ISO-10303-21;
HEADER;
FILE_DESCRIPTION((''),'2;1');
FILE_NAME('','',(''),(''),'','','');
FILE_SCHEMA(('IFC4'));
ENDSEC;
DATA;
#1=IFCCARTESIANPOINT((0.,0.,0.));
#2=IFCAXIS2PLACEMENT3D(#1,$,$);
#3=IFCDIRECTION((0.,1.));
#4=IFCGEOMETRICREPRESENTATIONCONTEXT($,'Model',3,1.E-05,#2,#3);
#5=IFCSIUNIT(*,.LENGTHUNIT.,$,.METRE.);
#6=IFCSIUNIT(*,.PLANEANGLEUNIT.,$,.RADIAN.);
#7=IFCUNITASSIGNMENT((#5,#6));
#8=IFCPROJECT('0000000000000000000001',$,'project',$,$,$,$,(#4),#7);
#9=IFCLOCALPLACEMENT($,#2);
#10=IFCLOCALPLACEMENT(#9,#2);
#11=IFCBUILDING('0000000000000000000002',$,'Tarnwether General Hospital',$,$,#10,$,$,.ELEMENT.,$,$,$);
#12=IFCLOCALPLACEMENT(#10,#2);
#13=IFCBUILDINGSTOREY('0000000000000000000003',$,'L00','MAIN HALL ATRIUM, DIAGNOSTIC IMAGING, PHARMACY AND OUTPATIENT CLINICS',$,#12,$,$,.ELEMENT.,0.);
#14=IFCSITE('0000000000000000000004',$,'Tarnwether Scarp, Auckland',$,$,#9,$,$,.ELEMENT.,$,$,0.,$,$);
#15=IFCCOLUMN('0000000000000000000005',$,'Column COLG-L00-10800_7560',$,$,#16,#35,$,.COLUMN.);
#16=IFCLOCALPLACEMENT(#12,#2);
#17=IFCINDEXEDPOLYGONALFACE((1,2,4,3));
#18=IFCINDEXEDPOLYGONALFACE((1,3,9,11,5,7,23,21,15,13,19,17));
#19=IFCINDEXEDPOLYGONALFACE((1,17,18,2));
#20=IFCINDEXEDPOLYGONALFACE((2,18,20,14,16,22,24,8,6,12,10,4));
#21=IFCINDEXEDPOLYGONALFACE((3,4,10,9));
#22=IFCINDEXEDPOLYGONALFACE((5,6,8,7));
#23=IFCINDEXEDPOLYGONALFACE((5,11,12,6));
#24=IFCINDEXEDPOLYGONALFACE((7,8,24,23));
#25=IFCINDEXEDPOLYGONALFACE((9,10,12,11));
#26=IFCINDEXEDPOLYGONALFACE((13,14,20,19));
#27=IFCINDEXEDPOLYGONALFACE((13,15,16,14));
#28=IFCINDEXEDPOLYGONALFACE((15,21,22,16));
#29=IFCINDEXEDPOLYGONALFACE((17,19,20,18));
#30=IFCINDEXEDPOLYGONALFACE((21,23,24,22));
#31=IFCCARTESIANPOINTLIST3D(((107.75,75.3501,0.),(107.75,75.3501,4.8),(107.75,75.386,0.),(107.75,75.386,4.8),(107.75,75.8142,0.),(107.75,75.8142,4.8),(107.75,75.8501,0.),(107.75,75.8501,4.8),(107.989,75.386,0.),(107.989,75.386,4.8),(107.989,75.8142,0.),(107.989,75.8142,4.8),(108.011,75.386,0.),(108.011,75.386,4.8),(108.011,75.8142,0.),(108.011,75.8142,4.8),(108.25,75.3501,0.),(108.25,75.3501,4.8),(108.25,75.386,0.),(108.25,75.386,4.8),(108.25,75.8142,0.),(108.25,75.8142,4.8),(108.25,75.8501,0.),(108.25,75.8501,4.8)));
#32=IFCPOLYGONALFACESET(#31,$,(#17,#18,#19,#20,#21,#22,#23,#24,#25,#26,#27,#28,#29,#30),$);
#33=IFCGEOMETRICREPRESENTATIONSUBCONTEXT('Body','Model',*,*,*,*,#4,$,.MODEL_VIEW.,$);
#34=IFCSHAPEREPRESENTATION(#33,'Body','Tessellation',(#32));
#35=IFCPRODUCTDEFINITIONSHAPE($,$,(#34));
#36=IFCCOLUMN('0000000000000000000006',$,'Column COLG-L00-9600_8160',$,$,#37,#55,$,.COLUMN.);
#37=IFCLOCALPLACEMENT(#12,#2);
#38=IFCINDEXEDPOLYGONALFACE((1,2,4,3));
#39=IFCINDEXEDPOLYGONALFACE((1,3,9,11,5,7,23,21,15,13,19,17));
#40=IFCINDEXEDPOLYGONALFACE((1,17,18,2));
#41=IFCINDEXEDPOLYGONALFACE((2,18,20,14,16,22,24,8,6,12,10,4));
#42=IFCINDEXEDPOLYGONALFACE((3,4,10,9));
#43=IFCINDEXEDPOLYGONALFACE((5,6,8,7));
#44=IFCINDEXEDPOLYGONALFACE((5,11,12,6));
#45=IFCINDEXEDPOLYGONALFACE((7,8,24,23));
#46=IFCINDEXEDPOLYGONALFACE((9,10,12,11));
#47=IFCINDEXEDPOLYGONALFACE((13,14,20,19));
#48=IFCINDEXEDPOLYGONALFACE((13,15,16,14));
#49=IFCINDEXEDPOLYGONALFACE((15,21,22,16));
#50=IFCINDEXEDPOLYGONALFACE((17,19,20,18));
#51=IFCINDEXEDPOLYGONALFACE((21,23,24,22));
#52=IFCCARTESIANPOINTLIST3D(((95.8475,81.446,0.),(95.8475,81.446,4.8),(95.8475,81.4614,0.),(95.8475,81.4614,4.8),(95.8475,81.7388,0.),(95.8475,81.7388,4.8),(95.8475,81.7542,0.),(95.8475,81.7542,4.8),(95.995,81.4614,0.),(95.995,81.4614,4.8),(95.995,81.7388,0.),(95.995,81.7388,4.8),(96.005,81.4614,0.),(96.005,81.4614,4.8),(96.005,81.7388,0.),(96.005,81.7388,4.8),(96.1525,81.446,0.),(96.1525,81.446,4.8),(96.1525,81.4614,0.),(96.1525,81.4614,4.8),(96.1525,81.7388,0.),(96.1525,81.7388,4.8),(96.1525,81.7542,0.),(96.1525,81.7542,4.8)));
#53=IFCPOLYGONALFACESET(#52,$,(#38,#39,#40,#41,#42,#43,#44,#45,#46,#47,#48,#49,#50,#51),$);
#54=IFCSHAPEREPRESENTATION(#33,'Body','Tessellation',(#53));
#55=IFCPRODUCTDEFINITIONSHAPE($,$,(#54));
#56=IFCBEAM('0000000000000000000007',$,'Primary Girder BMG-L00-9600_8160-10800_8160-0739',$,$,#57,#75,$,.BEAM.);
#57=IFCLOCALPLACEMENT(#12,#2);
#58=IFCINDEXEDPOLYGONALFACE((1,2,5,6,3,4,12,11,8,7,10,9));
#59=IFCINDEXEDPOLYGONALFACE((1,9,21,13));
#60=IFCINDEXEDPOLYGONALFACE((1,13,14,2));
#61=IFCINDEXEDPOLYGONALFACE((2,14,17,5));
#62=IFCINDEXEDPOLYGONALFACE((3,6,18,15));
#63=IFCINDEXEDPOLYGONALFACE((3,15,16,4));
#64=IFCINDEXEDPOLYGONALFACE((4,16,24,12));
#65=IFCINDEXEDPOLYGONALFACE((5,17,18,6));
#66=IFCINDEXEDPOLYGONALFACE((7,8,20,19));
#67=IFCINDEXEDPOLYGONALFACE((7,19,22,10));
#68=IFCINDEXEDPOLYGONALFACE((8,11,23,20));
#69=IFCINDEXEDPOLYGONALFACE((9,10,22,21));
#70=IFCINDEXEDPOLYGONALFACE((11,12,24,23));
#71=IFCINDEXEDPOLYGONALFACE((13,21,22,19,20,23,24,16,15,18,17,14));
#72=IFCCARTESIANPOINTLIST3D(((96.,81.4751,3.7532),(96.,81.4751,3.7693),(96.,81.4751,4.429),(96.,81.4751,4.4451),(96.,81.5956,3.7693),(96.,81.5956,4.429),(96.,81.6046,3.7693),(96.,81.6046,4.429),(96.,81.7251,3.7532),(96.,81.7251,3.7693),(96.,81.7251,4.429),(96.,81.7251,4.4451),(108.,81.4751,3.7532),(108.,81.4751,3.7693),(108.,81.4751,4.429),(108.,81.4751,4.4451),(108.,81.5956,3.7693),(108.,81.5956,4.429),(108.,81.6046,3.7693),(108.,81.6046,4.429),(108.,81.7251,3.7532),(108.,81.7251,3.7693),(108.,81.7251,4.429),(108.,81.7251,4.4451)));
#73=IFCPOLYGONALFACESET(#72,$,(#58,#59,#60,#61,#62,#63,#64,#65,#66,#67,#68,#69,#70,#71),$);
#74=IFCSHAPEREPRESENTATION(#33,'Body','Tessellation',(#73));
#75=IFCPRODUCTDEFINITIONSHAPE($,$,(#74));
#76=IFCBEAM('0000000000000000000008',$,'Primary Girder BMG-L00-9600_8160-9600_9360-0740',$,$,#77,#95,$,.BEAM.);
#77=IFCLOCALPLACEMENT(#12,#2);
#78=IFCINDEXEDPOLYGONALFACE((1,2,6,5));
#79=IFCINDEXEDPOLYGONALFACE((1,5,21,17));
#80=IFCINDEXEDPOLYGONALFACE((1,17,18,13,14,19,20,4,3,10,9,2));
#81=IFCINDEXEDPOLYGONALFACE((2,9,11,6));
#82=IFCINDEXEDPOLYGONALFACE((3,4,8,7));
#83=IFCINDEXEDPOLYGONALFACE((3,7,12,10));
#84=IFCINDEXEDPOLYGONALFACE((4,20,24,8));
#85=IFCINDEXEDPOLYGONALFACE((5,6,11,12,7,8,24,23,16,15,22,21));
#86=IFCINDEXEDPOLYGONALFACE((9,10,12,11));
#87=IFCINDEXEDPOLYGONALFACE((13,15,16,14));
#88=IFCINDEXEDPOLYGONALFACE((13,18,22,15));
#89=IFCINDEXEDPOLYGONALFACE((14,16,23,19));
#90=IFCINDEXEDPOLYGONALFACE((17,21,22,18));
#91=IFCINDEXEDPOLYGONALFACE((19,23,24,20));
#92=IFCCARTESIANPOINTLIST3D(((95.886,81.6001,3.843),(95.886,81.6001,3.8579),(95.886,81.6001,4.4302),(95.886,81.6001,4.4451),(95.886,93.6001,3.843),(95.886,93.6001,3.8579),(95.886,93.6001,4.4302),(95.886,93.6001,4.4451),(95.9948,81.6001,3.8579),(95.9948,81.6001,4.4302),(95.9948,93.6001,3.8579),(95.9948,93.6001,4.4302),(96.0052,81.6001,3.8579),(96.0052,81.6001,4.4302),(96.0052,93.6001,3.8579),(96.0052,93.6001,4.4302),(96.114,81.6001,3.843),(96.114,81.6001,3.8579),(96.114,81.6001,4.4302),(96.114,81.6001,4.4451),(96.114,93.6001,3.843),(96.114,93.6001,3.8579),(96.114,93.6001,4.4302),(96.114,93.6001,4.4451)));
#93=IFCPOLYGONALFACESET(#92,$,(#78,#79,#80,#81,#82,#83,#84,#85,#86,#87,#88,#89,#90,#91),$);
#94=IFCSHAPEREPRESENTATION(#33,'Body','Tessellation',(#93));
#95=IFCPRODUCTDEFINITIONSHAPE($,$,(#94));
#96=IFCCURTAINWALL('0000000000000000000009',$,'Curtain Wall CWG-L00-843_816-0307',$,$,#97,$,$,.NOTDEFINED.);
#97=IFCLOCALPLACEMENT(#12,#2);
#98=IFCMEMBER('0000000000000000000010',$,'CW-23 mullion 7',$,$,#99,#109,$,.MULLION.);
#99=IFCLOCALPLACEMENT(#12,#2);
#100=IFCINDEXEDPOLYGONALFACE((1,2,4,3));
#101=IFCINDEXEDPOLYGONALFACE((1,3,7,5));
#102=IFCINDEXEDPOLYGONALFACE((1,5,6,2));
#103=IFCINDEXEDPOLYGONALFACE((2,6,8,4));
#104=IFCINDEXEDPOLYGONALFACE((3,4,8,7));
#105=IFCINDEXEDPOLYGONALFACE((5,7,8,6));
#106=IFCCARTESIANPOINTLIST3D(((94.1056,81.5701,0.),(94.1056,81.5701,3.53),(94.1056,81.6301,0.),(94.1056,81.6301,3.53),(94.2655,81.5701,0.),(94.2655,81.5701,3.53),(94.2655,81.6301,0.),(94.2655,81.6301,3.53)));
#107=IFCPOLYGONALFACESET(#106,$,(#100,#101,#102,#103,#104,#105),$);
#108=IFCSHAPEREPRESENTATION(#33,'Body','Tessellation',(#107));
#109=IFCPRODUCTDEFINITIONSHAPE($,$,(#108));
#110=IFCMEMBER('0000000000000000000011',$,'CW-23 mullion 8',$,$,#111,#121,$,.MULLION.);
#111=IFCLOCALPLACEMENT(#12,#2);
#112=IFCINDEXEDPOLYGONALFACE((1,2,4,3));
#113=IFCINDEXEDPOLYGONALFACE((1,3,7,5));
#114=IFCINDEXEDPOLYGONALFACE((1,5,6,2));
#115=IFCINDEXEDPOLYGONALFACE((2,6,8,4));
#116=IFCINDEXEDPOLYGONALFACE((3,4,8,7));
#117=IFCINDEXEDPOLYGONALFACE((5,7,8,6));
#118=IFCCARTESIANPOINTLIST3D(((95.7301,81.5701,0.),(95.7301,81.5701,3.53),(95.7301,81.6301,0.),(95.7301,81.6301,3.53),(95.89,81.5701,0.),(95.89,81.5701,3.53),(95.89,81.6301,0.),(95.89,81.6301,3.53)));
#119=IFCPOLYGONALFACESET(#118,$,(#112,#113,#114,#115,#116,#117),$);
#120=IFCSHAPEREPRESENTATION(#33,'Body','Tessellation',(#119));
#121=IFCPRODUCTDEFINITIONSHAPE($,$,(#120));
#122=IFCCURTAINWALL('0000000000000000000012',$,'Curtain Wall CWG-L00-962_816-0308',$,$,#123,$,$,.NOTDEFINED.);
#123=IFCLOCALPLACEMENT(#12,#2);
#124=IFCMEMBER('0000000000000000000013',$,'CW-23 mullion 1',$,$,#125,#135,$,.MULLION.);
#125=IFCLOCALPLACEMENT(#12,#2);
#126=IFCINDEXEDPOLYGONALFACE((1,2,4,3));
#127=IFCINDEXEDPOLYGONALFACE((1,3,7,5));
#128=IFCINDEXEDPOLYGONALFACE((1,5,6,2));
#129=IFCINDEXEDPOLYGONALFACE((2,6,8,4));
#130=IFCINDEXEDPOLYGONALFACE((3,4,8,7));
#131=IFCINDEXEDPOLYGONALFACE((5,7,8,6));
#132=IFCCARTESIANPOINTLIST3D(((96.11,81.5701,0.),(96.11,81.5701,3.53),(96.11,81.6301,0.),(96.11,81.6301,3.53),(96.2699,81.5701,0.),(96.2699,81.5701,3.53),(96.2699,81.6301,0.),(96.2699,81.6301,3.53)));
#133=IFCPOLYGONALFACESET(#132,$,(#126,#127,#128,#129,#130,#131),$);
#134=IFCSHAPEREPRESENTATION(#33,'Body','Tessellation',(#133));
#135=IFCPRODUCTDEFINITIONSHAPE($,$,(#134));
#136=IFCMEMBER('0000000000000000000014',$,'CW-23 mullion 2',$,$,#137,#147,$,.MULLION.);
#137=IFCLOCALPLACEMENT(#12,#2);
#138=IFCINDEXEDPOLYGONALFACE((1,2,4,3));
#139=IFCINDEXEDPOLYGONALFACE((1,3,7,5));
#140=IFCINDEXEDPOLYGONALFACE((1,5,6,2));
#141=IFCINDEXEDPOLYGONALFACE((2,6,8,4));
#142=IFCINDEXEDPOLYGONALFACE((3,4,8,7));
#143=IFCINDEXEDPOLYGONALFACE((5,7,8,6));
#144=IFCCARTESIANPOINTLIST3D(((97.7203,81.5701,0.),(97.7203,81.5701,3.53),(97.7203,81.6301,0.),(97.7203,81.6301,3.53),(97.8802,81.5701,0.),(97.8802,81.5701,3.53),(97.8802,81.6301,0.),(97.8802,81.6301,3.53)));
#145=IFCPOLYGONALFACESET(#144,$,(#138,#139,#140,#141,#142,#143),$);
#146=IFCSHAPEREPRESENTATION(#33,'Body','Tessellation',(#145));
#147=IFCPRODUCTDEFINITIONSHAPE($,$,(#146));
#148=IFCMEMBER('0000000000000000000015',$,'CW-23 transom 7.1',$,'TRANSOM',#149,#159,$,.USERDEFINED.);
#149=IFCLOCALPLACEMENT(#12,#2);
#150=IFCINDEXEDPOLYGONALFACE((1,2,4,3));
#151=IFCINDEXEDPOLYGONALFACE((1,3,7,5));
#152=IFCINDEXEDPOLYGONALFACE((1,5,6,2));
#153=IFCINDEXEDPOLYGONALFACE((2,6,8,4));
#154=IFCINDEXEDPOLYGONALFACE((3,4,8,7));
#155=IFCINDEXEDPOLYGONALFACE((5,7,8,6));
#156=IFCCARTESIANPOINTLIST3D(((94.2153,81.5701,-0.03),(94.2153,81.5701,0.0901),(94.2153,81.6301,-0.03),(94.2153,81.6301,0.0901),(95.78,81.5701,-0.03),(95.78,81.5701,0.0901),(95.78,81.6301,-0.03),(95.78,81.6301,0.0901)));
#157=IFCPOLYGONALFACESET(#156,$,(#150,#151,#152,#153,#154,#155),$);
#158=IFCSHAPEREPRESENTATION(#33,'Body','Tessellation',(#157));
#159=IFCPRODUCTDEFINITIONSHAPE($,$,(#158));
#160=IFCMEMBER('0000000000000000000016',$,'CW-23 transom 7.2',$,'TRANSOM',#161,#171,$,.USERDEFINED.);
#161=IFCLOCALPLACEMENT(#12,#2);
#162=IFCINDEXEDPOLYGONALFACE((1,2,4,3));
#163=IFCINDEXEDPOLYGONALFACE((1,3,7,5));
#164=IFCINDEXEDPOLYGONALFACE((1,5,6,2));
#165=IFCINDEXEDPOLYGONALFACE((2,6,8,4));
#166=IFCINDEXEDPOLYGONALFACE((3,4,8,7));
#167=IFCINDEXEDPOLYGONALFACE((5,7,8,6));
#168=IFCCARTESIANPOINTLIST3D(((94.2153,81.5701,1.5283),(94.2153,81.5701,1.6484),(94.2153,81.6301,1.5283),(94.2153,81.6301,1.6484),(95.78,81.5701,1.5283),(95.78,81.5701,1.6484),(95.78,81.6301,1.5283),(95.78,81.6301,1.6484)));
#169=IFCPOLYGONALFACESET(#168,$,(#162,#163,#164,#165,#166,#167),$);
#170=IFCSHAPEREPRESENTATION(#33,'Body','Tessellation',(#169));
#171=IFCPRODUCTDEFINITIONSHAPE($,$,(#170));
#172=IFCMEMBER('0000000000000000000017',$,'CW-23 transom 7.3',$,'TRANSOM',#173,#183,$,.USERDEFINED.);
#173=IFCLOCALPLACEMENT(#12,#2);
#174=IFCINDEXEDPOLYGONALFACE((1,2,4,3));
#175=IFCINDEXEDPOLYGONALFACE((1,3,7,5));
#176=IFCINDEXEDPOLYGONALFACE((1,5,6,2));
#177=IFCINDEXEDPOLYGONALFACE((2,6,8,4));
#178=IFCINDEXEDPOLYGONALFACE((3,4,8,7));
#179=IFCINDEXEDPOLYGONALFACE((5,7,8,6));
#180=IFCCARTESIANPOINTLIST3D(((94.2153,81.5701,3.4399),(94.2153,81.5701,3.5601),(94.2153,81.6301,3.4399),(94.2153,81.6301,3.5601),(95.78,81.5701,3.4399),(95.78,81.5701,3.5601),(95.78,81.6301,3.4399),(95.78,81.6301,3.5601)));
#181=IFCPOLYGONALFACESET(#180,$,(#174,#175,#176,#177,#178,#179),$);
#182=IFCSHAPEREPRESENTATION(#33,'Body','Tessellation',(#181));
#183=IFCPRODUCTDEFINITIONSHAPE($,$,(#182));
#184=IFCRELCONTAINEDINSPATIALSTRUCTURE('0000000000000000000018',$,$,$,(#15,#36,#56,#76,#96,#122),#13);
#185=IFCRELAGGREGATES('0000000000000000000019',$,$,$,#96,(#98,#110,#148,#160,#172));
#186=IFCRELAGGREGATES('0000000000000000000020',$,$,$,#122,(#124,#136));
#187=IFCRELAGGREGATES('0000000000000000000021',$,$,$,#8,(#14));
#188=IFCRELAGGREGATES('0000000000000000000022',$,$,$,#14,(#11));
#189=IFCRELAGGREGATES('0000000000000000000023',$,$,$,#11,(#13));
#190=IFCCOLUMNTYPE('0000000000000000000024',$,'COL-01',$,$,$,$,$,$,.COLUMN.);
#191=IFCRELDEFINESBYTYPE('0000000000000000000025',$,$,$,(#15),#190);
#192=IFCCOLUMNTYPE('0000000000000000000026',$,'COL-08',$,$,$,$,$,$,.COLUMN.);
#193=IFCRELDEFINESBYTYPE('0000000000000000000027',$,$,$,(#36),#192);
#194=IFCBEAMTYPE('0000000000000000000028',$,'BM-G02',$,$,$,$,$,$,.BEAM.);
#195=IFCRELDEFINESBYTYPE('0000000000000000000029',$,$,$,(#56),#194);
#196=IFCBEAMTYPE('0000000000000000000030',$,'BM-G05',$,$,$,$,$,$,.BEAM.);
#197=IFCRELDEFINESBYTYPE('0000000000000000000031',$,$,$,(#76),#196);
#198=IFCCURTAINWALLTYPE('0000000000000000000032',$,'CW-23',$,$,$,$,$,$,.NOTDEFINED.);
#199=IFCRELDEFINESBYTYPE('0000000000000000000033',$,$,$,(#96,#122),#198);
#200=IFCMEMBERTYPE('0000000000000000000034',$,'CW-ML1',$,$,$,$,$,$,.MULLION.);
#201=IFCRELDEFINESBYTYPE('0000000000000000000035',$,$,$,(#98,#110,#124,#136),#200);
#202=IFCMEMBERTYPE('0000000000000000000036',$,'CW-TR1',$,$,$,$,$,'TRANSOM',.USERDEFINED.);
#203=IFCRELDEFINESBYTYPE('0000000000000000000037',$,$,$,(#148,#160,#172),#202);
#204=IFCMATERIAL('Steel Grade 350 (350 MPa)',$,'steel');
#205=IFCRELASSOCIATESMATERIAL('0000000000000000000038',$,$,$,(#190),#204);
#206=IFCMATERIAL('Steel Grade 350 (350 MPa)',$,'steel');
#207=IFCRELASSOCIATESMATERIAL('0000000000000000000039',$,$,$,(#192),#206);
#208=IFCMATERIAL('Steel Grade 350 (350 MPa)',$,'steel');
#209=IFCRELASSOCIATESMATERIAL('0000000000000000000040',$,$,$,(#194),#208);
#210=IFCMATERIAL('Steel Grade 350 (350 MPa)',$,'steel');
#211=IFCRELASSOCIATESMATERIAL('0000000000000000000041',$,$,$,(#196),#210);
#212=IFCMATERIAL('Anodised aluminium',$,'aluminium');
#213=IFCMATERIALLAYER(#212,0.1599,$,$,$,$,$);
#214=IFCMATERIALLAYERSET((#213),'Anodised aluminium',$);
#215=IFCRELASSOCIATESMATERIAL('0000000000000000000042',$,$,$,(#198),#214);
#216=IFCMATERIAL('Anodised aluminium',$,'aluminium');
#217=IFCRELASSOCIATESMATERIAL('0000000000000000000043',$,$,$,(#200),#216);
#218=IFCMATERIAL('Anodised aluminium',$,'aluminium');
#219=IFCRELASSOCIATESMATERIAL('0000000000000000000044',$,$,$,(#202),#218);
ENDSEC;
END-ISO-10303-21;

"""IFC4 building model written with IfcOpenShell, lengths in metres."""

from ifc_helpers import new_model, si_unit, direction, frame, origin, origin_2d, place, context, subcontext, project, spatial, rectangle, i_section, extrude, material, layer, layer_set, material_profile, profile_set, type_object, element, aggregate, save


model = new_model("IFC4")

# Units and contexts
model_context = context("Model", 3, precision=1e-05, world=origin(), true_north=direction((0.0, 1.0)))
body_context = subcontext(model_context, "Body", "Model", "MODEL_VIEW")
ifc_project = project(units=[si_unit("LENGTHUNIT", "METRE"), si_unit("PLANEANGLEUNIT", "RADIAN")], contexts=[model_context])

# Site, building, storey
site_placement = place(None, origin())
site = spatial("IfcSite", under=ifc_project, at=site_placement, Name="Tarnwether Scarp, Auckland", CompositionType="ELEMENT", RefElevation=0.0)
building_placement = place(site_placement, origin())
building = spatial("IfcBuilding", under=site, at=building_placement, Name="Tarnwether General Hospital", CompositionType="ELEMENT")
storey_placement = place(building_placement, origin())
storey = spatial("IfcBuildingStorey", under=building, at=storey_placement, Name="L00", Description="MAIN HALL ATRIUM, DIAGNOSTIC IMAGING, PHARMACY AND OUTPATIENT CLINICS", CompositionType="ELEMENT", Elevation=0.0)

# Columns
ifc_material_1 = material(Name="Steel Grade 350 (350 MPa)", Category="steel")
ifc_material_profile_1 = material_profile(ifc_material_1, i_section(OverallWidth=0.5, OverallDepth=0.5, WebThickness=0.022, FlangeThickness=0.0359, at=origin_2d()), Name="500WC380")
ifc_profile_set_1 = profile_set([ifc_material_profile_1], Name="Steel Grade 350 (350 MPa)")
column_type_1 = type_object("IfcColumnType", Name="COL-01", PredefinedType="COLUMN", material=ifc_profile_set_1)
column_1_placement = place(storey_placement, frame((108.0, 75.6001, 0.0), z_axis=(0.0, 0.0, 1.0), x_axis=(1.0, 0.0, 0.0)))
element("IfcColumn", 1, at=column_1_placement, inside=storey, type_object=column_type_1, Name="Column COLG-L00-10800_7560", PredefinedType="COLUMN", context=body_context, shape_type="SweptSolid", body=[
    extrude(i_section(OverallWidth=0.5, OverallDepth=0.5, WebThickness=0.022, FlangeThickness=0.0359, at=origin_2d()), origin(), (0.0, 0.0, 1.0), 4.8),
])
ifc_material_2 = material(Name="Steel Grade 350 (350 MPa)", Category="steel")
ifc_material_profile_2 = material_profile(ifc_material_2, i_section(OverallWidth=0.3049, OverallDepth=0.3081, WebThickness=0.01, FlangeThickness=0.0154, at=origin_2d()), Name="310UC96.8")
ifc_profile_set_2 = profile_set([ifc_material_profile_2], Name="Steel Grade 350 (350 MPa)")
column_type_2 = type_object("IfcColumnType", Name="COL-08", PredefinedType="COLUMN", material=ifc_profile_set_2)
column_2_placement = place(storey_placement, frame((96.0, 81.6001, 0.0), z_axis=(0.0, 0.0, 1.0), x_axis=(1.0, 0.0, 0.0)))
element("IfcColumn", 2, at=column_2_placement, inside=storey, type_object=column_type_2, Name="Column COLG-L00-9600_8160", PredefinedType="COLUMN", context=body_context, shape_type="SweptSolid", body=[
    extrude(i_section(OverallWidth=0.3049, OverallDepth=0.3081, WebThickness=0.01, FlangeThickness=0.0154, at=origin_2d()), origin(), (0.0, 0.0, 1.0), 4.8),
])

# Beams
ifc_material_3 = material(Name="Steel Grade 350 (350 MPa)", Category="steel")
ifc_material_profile_3 = material_profile(ifc_material_3, i_section(OverallWidth=0.25, OverallDepth=0.6919, WebThickness=0.009, FlangeThickness=0.0161, at=origin_2d()), Name="700WB115")
ifc_profile_set_3 = profile_set([ifc_material_profile_3], Name="Steel Grade 350 (350 MPa)")
beam_type_1 = type_object("IfcBeamType", Name="BM-G02", PredefinedType="BEAM", material=ifc_profile_set_3)
beam_1_placement = place(storey_placement, frame((96.0, 81.6001, 4.0991), z_axis=(1.0, 0.0, 0.0), x_axis=(0.0, 1.0, 0.0)))
element("IfcBeam", 3, at=beam_1_placement, inside=storey, type_object=beam_type_1, Name="Primary Girder BMG-L00-9600_8160-10800_8160-0739", PredefinedType="BEAM", context=body_context, shape_type="SweptSolid", body=[
    extrude(i_section(OverallWidth=0.25, OverallDepth=0.6919, WebThickness=0.009, FlangeThickness=0.0161, at=origin_2d()), origin(), (0.0, 0.0, 1.0), 12.0),
])
ifc_material_4 = material(Name="Steel Grade 350 (350 MPa)", Category="steel")
ifc_material_profile_4 = material_profile(ifc_material_4, i_section(OverallWidth=0.228, OverallDepth=0.6021, WebThickness=0.0105, FlangeThickness=0.0149, at=origin_2d()), Name="610UB101")
ifc_profile_set_4 = profile_set([ifc_material_profile_4], Name="Steel Grade 350 (350 MPa)")
beam_type_2 = type_object("IfcBeamType", Name="BM-G05", PredefinedType="BEAM", material=ifc_profile_set_4)
beam_2_placement = place(storey_placement, frame((96.0, 81.6001, 4.144), z_axis=(0.0, 1.0, 0.0), x_axis=(-1.0, 0.0, 0.0)))
element("IfcBeam", 4, at=beam_2_placement, inside=storey, type_object=beam_type_2, Name="Primary Girder BMG-L00-9600_8160-9600_9360-0740", PredefinedType="BEAM", context=body_context, shape_type="SweptSolid", body=[
    extrude(i_section(OverallWidth=0.228, OverallDepth=0.6021, WebThickness=0.0105, FlangeThickness=0.0149, at=origin_2d()), origin(), (0.0, 0.0, 1.0), 12.0),
])

# Curtain walls, members
ifc_material_5 = material(Name="Anodised aluminium", Category="aluminium")
ifc_layer_1 = layer(ifc_material_5, 0.1599)
ifc_layer_set_1 = layer_set([ifc_layer_1], Name="Anodised aluminium")
curtain_wall_type = type_object("IfcCurtainWallType", Name="CW-23", PredefinedType="NOTDEFINED", material=ifc_layer_set_1)
curtain_wall_1_placement = place(storey_placement, origin())
curtain_wall_1 = element("IfcCurtainWall", 5, at=curtain_wall_1_placement, inside=storey, type_object=curtain_wall_type, Name="Curtain Wall CWG-L00-843_816-0307", PredefinedType="NOTDEFINED")
ifc_material_6 = material(Name="Anodised aluminium", Category="aluminium")
ifc_material_profile_5 = material_profile(ifc_material_6, rectangle(XDim=0.0601, YDim=0.1599, at=origin_2d()), Name="ALU-MUL-60x160")
ifc_profile_set_5 = profile_set([ifc_material_profile_5], Name="Anodised aluminium")
member_type_1 = type_object("IfcMemberType", Name="CW-ML1", PredefinedType="MULLION", material=ifc_profile_set_5)
member_1_placement = place(storey_placement, frame((94.1855, 81.6001, 0.0), z_axis=(0.0, 0.0, 1.0), x_axis=(0.0, 1.0, 0.0)))
member_1 = element("IfcMember", 6, at=member_1_placement, type_object=member_type_1, Name="CW-23 mullion 7", PredefinedType="MULLION", context=body_context, shape_type="SweptSolid", body=[
    extrude(rectangle(XDim=0.0601, YDim=0.1599, at=origin_2d()), origin(), (0.0, 0.0, 1.0), 3.53),
])
member_2_placement = place(storey_placement, frame((95.8101, 81.6001, 0.0), z_axis=(0.0, 0.0, 1.0), x_axis=(0.0, 1.0, 0.0)))
member_2 = element("IfcMember", 7, at=member_2_placement, type_object=member_type_1, Name="CW-23 mullion 8", PredefinedType="MULLION", context=body_context, shape_type="SweptSolid", body=[
    extrude(rectangle(XDim=0.0601, YDim=0.1599, at=origin_2d()), origin(), (0.0, 0.0, 1.0), 3.53),
])
curtain_wall_2_placement = place(storey_placement, origin())
curtain_wall_2 = element("IfcCurtainWall", 8, at=curtain_wall_2_placement, inside=storey, type_object=curtain_wall_type, Name="Curtain Wall CWG-L00-962_816-0308", PredefinedType="NOTDEFINED")
member_3_placement = place(storey_placement, frame((96.1899, 81.6001, 0.0), z_axis=(0.0, 0.0, 1.0), x_axis=(0.0, 1.0, 0.0)))
member_3 = element("IfcMember", 9, at=member_3_placement, type_object=member_type_1, Name="CW-23 mullion 1", PredefinedType="MULLION", context=body_context, shape_type="SweptSolid", body=[
    extrude(rectangle(XDim=0.0601, YDim=0.1599, at=origin_2d()), origin(), (0.0, 0.0, 1.0), 3.53),
])
member_4_placement = place(storey_placement, frame((97.8003, 81.6001, 0.0), z_axis=(0.0, 0.0, 1.0), x_axis=(0.0, 1.0, 0.0)))
member_4 = element("IfcMember", 10, at=member_4_placement, type_object=member_type_1, Name="CW-23 mullion 2", PredefinedType="MULLION", context=body_context, shape_type="SweptSolid", body=[
    extrude(rectangle(XDim=0.0601, YDim=0.1599, at=origin_2d()), origin(), (0.0, 0.0, 1.0), 3.53),
])

# Members
ifc_material_7 = material(Name="Anodised aluminium", Category="aluminium")
ifc_material_profile_6 = material_profile(ifc_material_7, rectangle(XDim=0.0601, YDim=0.1201, at=origin_2d()), Name="ALU-TRN-60x120")
ifc_profile_set_6 = profile_set([ifc_material_profile_6], Name="Anodised aluminium")
member_type_2 = type_object("IfcMemberType", Name="CW-TR1", ElementType="TRANSOM", PredefinedType="USERDEFINED", material=ifc_profile_set_6)
member_5_placement = place(storey_placement, frame((94.2153, 81.6001, 0.03), z_axis=(1.0, 0.0, 0.0), x_axis=(0.0, 1.0, 0.0)))
member_5 = element("IfcMember", 11, at=member_5_placement, type_object=member_type_2, Name="CW-23 transom 7.1", ObjectType="TRANSOM", PredefinedType="USERDEFINED", context=body_context, shape_type="SweptSolid", body=[
    extrude(rectangle(XDim=0.0601, YDim=0.1201, at=origin_2d()), origin(), (0.0, 0.0, 1.0), 1.5647),
])
member_6_placement = place(storey_placement, frame((94.2153, 81.6001, 1.5884), z_axis=(1.0, 0.0, 0.0), x_axis=(0.0, 1.0, 0.0)))
member_6 = element("IfcMember", 12, at=member_6_placement, type_object=member_type_2, Name="CW-23 transom 7.2", ObjectType="TRANSOM", PredefinedType="USERDEFINED", context=body_context, shape_type="SweptSolid", body=[
    extrude(rectangle(XDim=0.0601, YDim=0.1201, at=origin_2d()), origin(), (0.0, 0.0, 1.0), 1.5647),
])
member_7_placement = place(storey_placement, frame((94.2153, 81.6001, 3.5), z_axis=(1.0, 0.0, 0.0), x_axis=(0.0, 1.0, 0.0)))
member_7 = element("IfcMember", 13, at=member_7_placement, type_object=member_type_2, Name="CW-23 transom 7.3", ObjectType="TRANSOM", PredefinedType="USERDEFINED", context=body_context, shape_type="SweptSolid", body=[
    extrude(rectangle(XDim=0.0601, YDim=0.1201, at=origin_2d()), origin(), (0.0, 0.0, 1.0), 1.5647),
])

aggregate(curtain_wall_1, [member_1, member_2, member_5, member_6, member_7])
aggregate(curtain_wall_2, [member_3, member_4])

save(model, "model.ifc")
